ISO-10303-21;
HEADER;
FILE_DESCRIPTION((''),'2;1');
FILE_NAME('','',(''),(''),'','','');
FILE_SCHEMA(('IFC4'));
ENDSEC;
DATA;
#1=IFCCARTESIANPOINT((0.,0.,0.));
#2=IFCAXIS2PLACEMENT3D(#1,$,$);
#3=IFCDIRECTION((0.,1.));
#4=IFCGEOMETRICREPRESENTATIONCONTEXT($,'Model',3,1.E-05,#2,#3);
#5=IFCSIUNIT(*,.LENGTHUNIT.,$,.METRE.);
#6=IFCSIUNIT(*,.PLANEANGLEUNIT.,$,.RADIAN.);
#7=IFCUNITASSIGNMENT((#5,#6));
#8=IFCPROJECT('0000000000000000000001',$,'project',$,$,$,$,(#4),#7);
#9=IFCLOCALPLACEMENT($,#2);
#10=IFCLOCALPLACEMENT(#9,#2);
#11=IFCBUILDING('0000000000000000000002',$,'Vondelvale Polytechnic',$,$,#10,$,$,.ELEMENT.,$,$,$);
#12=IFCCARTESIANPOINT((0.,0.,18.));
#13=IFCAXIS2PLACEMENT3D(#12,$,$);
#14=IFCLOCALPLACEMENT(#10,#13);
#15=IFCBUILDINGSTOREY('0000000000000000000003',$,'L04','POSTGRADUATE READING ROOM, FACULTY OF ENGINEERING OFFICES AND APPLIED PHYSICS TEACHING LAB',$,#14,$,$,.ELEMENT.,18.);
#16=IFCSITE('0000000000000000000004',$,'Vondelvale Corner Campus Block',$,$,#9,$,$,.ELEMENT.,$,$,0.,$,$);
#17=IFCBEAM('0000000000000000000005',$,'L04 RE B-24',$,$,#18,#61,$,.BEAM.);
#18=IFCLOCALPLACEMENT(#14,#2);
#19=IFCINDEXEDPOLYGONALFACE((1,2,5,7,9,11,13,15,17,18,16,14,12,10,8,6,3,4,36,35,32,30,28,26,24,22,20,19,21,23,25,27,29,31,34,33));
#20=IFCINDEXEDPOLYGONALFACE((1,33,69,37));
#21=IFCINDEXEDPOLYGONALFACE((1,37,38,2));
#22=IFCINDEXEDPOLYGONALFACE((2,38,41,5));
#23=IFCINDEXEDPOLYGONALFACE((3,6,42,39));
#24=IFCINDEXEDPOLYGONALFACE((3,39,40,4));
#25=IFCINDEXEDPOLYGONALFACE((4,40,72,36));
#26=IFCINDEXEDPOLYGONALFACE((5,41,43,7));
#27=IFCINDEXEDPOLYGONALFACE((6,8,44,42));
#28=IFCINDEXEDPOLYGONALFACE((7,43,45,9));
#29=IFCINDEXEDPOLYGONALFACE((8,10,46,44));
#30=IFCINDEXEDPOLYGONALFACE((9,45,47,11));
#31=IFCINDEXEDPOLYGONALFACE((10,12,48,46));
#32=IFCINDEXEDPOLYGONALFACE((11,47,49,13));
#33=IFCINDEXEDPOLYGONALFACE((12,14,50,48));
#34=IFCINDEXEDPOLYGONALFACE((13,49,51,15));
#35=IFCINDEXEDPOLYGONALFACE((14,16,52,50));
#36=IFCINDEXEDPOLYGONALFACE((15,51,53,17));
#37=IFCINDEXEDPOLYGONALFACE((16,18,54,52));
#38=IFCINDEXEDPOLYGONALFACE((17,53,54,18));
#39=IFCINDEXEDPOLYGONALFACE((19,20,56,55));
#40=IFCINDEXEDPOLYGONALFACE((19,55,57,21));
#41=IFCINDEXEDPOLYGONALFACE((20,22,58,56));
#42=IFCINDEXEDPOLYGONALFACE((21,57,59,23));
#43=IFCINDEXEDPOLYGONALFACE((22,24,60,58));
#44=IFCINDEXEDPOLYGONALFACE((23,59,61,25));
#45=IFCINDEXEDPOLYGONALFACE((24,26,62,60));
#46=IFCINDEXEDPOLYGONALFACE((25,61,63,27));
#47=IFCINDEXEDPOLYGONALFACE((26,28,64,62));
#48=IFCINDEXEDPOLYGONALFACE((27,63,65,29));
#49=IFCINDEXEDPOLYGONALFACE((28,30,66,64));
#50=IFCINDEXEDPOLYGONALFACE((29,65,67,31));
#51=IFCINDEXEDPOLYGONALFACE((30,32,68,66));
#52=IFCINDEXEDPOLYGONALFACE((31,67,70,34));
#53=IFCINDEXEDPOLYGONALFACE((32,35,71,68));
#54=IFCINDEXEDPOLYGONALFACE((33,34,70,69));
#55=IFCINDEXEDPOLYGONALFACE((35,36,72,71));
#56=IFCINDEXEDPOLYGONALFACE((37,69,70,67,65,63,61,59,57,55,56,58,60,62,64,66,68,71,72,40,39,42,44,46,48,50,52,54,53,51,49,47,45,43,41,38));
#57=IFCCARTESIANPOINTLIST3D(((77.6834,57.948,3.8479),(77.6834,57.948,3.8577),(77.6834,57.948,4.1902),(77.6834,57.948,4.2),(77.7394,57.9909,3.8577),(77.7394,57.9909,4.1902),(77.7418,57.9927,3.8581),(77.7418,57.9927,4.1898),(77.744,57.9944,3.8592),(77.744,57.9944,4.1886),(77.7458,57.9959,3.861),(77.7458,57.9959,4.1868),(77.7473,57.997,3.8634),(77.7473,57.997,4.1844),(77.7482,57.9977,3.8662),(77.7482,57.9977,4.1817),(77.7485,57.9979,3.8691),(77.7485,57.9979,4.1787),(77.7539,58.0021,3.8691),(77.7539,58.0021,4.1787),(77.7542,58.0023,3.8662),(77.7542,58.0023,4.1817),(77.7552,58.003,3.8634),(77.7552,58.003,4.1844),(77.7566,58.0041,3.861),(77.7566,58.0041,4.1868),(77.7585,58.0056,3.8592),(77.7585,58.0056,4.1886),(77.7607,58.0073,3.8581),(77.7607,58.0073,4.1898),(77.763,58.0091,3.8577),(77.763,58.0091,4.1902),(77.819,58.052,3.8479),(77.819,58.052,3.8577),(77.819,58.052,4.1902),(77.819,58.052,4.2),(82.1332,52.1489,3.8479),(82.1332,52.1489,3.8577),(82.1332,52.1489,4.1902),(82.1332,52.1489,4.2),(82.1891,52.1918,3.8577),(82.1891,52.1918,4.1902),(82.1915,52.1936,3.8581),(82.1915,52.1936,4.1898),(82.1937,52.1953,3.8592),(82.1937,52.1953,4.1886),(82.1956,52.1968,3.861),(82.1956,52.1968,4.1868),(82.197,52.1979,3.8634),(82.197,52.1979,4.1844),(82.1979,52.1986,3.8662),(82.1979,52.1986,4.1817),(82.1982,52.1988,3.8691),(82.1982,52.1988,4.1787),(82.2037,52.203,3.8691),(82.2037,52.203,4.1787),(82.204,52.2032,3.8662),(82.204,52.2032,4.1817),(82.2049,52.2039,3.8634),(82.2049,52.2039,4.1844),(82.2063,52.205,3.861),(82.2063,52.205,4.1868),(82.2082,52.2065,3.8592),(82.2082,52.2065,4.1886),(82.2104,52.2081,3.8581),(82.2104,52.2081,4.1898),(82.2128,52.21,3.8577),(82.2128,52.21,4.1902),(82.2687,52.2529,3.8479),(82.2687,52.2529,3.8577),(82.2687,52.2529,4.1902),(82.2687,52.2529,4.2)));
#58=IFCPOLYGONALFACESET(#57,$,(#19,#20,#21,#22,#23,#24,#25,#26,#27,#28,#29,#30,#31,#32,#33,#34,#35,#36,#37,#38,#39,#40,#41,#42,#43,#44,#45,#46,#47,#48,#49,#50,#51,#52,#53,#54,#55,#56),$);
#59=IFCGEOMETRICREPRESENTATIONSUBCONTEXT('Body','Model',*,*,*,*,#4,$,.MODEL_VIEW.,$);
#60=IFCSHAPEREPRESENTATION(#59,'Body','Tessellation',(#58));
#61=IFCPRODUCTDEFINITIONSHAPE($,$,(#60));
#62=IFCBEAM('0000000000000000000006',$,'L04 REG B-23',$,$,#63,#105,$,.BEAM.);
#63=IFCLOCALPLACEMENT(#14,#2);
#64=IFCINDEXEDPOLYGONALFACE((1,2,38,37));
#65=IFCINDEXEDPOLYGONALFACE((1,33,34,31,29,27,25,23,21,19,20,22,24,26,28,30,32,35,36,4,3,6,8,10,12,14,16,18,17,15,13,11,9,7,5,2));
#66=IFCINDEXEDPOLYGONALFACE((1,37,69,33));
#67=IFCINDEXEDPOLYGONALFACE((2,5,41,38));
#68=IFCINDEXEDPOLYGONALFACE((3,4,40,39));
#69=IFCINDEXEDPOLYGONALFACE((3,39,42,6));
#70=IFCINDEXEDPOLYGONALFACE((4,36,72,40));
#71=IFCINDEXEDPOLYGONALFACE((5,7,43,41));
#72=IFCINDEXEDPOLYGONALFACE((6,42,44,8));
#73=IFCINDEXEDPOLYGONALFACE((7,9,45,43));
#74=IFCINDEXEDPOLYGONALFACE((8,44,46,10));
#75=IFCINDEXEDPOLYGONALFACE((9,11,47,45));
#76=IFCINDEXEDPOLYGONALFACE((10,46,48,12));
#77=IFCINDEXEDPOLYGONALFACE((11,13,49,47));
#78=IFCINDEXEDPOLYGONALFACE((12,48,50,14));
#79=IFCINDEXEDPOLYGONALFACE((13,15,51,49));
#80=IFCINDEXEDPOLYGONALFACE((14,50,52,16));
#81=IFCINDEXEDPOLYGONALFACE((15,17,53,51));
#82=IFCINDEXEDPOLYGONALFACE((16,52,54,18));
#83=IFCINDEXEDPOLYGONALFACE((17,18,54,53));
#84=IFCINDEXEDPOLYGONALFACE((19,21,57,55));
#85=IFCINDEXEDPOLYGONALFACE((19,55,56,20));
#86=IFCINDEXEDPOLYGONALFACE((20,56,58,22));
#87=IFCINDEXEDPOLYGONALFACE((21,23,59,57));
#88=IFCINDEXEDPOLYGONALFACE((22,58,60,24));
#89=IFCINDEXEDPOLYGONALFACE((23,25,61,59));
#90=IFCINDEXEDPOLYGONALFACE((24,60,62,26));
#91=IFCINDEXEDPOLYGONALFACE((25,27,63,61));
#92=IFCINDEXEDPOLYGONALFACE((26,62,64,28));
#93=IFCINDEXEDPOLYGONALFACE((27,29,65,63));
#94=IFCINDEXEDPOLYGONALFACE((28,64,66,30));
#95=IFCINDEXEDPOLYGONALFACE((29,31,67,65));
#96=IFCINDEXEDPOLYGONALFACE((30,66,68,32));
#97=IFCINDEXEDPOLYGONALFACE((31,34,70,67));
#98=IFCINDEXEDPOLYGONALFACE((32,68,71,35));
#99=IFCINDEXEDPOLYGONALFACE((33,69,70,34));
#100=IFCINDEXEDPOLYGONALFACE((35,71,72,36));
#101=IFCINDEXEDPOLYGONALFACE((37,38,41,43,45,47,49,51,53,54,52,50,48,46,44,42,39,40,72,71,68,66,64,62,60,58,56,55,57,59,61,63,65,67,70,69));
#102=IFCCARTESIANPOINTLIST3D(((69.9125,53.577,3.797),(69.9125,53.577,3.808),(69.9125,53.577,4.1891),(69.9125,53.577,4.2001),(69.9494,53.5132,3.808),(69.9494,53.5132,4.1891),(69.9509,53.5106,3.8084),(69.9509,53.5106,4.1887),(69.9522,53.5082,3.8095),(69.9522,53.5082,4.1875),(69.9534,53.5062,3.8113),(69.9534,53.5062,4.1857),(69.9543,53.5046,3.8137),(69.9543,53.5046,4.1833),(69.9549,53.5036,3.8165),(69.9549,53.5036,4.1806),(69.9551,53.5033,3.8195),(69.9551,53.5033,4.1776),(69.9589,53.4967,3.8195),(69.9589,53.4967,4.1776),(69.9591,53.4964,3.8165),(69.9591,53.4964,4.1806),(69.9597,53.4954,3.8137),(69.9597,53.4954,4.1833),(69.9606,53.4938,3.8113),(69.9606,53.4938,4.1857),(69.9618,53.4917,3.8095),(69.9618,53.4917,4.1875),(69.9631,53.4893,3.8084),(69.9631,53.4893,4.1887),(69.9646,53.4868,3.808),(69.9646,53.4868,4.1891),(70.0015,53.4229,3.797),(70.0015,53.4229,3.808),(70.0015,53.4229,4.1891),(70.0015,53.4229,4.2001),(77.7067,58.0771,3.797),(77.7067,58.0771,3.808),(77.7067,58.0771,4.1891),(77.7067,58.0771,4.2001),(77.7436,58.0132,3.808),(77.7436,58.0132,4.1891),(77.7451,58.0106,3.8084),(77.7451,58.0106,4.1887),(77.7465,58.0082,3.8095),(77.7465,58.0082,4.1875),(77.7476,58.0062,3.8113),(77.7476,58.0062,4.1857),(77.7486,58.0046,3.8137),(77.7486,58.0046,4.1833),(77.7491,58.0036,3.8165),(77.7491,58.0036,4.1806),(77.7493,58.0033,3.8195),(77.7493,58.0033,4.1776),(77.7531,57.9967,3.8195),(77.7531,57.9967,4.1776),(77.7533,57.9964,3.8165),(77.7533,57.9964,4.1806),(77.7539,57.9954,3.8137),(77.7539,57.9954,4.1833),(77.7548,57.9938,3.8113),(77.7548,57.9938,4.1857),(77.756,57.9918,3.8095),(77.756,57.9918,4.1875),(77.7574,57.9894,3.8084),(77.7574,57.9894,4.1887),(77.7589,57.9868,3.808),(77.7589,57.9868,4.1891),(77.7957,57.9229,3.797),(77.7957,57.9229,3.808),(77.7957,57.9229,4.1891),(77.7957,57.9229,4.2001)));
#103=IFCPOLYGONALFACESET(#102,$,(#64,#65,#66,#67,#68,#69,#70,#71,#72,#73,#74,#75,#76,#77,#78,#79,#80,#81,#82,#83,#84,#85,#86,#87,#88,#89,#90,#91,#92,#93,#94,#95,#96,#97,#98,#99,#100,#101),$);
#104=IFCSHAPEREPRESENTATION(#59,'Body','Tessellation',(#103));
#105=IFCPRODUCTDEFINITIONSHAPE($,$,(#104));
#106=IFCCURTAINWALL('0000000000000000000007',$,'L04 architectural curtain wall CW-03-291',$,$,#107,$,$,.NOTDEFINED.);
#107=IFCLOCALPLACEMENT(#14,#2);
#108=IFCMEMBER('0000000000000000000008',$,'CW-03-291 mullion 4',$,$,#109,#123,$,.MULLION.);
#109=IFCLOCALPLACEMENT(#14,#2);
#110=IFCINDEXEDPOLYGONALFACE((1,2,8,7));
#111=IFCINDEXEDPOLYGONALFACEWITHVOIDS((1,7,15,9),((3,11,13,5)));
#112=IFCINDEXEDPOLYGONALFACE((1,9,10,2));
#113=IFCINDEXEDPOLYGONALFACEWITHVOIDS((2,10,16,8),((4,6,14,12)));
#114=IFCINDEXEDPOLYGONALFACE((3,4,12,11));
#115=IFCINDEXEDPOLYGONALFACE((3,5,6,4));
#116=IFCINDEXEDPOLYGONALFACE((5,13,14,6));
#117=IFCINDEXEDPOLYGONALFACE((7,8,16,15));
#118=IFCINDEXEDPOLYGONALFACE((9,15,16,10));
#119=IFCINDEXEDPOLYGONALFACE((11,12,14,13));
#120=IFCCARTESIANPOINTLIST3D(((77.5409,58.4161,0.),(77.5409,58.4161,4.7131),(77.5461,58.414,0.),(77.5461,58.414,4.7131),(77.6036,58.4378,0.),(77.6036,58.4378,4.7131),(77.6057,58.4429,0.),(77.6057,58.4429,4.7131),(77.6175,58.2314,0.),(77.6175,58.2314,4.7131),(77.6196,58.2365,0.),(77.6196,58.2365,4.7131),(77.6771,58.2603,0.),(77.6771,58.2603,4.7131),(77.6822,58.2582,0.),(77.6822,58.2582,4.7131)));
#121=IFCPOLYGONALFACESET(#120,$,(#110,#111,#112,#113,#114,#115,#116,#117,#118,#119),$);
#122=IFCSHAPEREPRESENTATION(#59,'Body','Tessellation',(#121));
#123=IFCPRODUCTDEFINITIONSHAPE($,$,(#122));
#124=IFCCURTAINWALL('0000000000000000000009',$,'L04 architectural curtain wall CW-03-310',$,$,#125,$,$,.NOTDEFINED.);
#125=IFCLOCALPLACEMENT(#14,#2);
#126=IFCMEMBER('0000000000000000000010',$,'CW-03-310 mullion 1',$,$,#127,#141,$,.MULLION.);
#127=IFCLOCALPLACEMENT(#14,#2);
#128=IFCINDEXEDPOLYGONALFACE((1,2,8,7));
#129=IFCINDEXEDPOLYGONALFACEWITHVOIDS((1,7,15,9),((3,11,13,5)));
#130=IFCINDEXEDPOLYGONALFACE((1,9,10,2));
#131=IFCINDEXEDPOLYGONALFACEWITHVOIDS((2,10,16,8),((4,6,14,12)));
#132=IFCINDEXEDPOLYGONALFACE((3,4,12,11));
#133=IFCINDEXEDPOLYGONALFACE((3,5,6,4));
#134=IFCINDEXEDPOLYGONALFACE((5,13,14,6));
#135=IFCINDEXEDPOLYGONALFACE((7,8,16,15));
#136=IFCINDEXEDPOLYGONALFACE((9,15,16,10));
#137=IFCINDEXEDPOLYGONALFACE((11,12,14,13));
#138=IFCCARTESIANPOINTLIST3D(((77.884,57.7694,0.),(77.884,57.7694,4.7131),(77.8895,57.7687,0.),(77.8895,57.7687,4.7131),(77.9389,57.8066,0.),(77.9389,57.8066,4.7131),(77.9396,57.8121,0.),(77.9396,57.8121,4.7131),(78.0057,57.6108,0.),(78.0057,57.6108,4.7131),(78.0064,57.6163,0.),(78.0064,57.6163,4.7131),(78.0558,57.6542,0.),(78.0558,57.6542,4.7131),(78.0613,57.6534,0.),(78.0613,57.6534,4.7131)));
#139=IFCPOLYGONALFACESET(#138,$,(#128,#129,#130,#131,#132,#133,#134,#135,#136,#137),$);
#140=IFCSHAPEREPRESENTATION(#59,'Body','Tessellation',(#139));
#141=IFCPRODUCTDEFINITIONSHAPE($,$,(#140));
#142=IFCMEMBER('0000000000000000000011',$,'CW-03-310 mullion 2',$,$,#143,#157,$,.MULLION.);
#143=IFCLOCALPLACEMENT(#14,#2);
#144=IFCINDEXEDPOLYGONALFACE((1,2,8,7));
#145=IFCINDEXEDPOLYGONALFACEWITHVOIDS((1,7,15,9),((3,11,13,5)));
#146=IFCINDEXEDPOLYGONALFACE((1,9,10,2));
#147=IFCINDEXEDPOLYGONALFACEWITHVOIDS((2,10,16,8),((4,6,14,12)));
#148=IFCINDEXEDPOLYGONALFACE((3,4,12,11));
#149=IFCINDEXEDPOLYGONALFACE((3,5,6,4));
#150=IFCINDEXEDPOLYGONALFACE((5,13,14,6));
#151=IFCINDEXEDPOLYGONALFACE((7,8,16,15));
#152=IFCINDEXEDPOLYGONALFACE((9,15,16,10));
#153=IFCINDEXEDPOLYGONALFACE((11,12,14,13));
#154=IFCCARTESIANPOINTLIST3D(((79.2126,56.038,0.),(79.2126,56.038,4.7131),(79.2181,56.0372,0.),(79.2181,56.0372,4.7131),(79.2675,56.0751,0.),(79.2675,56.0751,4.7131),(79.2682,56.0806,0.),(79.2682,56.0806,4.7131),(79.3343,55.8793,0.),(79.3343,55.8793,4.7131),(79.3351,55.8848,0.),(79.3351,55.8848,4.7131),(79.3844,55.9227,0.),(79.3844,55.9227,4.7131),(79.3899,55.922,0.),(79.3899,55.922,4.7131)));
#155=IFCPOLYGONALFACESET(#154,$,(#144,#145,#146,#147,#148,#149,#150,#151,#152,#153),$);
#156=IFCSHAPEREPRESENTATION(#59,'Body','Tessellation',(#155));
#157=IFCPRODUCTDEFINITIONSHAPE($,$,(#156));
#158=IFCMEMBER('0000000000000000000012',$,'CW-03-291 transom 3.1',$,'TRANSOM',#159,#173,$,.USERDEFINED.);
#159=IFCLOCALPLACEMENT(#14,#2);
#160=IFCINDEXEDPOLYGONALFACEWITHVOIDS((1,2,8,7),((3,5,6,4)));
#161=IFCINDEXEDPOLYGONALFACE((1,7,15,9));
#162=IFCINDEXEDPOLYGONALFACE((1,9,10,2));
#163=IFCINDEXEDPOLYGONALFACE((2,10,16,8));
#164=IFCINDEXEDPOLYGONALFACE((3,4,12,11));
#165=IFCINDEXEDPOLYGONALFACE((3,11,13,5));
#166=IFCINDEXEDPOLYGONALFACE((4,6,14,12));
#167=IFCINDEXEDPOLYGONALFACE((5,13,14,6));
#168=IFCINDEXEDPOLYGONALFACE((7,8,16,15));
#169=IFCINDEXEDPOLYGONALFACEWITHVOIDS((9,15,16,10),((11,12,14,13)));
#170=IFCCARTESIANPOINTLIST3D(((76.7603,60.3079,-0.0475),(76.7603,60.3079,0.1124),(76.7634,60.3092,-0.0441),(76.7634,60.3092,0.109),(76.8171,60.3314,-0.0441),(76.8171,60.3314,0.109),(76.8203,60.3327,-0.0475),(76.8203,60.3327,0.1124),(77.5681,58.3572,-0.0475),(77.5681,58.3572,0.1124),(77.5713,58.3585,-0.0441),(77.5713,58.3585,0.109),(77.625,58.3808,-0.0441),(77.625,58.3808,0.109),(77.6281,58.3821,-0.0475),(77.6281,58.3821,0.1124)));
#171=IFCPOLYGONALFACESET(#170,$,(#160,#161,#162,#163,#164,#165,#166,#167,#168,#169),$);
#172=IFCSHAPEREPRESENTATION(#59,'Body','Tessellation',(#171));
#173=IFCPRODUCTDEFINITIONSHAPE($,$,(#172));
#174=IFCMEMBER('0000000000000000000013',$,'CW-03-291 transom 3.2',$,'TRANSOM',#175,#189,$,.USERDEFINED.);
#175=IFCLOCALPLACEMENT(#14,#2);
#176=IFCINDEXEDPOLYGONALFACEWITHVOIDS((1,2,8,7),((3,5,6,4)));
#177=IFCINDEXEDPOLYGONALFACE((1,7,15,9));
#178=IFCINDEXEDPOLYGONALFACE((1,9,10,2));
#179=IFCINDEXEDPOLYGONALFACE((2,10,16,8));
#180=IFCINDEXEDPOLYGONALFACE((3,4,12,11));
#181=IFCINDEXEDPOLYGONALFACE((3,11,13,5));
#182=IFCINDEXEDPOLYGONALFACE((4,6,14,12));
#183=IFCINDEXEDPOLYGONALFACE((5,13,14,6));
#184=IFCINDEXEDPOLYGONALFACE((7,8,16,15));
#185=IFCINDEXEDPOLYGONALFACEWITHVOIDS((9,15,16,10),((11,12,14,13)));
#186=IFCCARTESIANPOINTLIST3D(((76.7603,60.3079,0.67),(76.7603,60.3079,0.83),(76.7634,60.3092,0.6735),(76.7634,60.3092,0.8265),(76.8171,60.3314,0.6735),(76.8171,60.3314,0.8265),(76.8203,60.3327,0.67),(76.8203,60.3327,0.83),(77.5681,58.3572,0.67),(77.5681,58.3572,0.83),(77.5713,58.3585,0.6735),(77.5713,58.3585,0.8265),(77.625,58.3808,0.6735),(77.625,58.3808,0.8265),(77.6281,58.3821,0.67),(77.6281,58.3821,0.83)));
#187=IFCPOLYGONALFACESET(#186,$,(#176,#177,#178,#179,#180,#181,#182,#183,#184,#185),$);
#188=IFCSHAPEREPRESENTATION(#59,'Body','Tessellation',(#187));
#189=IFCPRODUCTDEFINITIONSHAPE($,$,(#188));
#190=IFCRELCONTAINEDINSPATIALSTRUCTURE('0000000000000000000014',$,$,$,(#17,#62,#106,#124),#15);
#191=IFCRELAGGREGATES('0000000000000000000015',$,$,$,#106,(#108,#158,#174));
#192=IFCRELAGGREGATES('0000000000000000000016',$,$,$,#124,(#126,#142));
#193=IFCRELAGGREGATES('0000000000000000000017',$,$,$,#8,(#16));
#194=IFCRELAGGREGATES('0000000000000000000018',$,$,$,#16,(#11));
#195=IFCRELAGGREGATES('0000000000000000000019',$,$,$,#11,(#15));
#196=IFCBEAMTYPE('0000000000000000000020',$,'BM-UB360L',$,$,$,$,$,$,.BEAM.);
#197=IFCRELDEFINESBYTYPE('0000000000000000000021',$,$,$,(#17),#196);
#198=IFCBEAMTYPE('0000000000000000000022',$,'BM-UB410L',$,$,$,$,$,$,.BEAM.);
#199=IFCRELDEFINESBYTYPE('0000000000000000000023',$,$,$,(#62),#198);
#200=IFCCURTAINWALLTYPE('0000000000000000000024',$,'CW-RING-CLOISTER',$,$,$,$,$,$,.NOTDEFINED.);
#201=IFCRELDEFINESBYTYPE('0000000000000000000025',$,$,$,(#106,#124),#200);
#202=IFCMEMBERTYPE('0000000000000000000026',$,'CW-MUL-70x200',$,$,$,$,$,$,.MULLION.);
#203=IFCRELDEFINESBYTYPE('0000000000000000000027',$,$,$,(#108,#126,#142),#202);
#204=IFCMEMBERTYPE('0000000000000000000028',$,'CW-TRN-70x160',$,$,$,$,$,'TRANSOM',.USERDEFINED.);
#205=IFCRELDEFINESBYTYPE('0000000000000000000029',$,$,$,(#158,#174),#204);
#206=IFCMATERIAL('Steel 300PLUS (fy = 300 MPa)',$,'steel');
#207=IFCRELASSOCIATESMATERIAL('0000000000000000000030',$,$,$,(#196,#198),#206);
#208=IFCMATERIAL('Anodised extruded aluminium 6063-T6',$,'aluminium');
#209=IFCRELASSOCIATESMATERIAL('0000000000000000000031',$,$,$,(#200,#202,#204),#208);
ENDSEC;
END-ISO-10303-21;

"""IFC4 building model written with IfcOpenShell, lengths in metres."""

from ifc_helpers import new_model, si_unit, direction, frame, origin, origin_2d, place, context, subcontext, project, spatial, hollow_rectangle, i_section, extrude, material, material_profile, profile_set, type_object, element, aggregate, save


model = new_model("IFC4")

# Units and contexts
model_context = context("Model", 3, precision=1e-05, world=origin(), true_north=direction((0.0, 1.0)))
body_context = subcontext(model_context, "Body", "Model", "MODEL_VIEW")
ifc_project = project(units=[si_unit("LENGTHUNIT", "METRE"), si_unit("PLANEANGLEUNIT", "RADIAN")], contexts=[model_context])

# Site, building, storey
site_placement = place(None, origin())
site = spatial("IfcSite", under=ifc_project, at=site_placement, Name="Vondelvale Corner Campus Block", CompositionType="ELEMENT", RefElevation=0.0)
building_placement = place(site_placement, origin())
building = spatial("IfcBuilding", under=site, at=building_placement, Name="Vondelvale Polytechnic", CompositionType="ELEMENT")
storey_placement = place(building_placement, frame((0.0, 0.0, 18.0)))
storey = spatial("IfcBuildingStorey", under=building, at=storey_placement, Name="L04", Description="POSTGRADUATE READING ROOM, FACULTY OF ENGINEERING OFFICES AND APPLIED PHYSICS TEACHING LAB", CompositionType="ELEMENT", Elevation=18.0)

# Beams
ifc_material_1 = material(Name="Steel 300PLUS (fy = 300 MPa)", Category="steel")
ifc_material_profile_1 = material_profile(ifc_material_1, i_section(OverallWidth=0.1709, OverallDepth=0.3521, WebThickness=0.0068, FlangeThickness=0.0098, FilletRadius=0.0115, at=origin_2d()), Name="360UB44.7")
ifc_profile_set_1 = profile_set([ifc_material_profile_1], Name="Steel 300PLUS (fy = 300 MPa)")
beam_type_1 = type_object("IfcBeamType", Name="BM-UB360L", PredefinedType="BEAM", material=ifc_profile_set_1)
beam_1_placement = place(storey_placement, frame((77.7512, 58.0, 4.0239), z_axis=(0.608755, -0.793358, 0.0), x_axis=(0.793358, 0.608755, 0.0)))
element("IfcBeam", 1, at=beam_1_placement, inside=storey, type_object=beam_type_1, Name="L04 RE B-24", PredefinedType="BEAM", context=body_context, shape_type="SweptSolid", body=[
    extrude(i_section(OverallWidth=0.1709, OverallDepth=0.3521, WebThickness=0.0068, FlangeThickness=0.0098, FilletRadius=0.0115, at=origin_2d()), origin(), (0.0, 0.0, 1.0), 7.3096),
])
ifc_material_profile_2 = material_profile(ifc_material_1, i_section(OverallWidth=0.178, OverallDepth=0.4031, WebThickness=0.0076, FlangeThickness=0.011, FilletRadius=0.0115, at=origin_2d()), Name="410UB53.7")
ifc_profile_set_2 = profile_set([ifc_material_profile_2], Name="Steel 300PLUS (fy = 300 MPa)")
beam_type_2 = type_object("IfcBeamType", Name="BM-UB410L", PredefinedType="BEAM", material=ifc_profile_set_2)
beam_2_placement = place(storey_placement, frame((77.7512, 58.0, 3.9985), z_axis=(-0.866024, -0.500002, 0.0), x_axis=(0.500002, -0.866024, 0.0)))
element("IfcBeam", 2, at=beam_2_placement, inside=storey, type_object=beam_type_2, Name="L04 REG B-23", PredefinedType="BEAM", context=body_context, shape_type="SweptSolid", body=[
    extrude(i_section(OverallWidth=0.178, OverallDepth=0.4031, WebThickness=0.0076, FlangeThickness=0.011, FilletRadius=0.0115, at=origin_2d()), origin(), (0.0, 0.0, 1.0), 9.0),
])

# Curtain wall, member
ifc_material_2 = material(Name="Anodised extruded aluminium 6063-T6", Category="aluminium")
curtain_wall_type = type_object("IfcCurtainWallType", Name="CW-RING-CLOISTER", PredefinedType="NOTDEFINED", material=ifc_material_2)
curtain_wall_1_placement = place(storey_placement, origin())
curtain_wall_1 = element("IfcCurtainWall", 3, at=curtain_wall_1_placement, inside=storey, type_object=curtain_wall_type, Name="L04 architectural curtain wall CW-03-291", PredefinedType="NOTDEFINED")
ifc_material_profile_3 = material_profile(ifc_material_2, hollow_rectangle(XDim=0.0701, YDim=0.2, WallThickness=0.0039, at=origin_2d()), Name="CW-MUL-200x70")
ifc_profile_set_3 = profile_set([ifc_material_profile_3], Name="Anodised extruded aluminium 6063-T6")
member_type_1 = type_object("IfcMemberType", Name="CW-MUL-70x200", PredefinedType="MULLION", material=ifc_profile_set_3)
member_1_placement = place(storey_placement, frame((77.6116, 58.3372, 0.0), z_axis=(0.0, 0.0, 1.0), x_axis=(0.923882, 0.382679, 0.0)))
member_1 = element("IfcMember", 4, at=member_1_placement, type_object=member_type_1, Name="CW-03-291 mullion 4", PredefinedType="MULLION", context=body_context, shape_type="SweptSolid", body=[
    extrude(hollow_rectangle(XDim=0.0701, YDim=0.2, WallThickness=0.0039, at=origin_2d()), origin(), (0.0, 0.0, 1.0), 4.7131),
])

# Curtain wall, members
curtain_wall_2_placement = place(storey_placement, origin())
curtain_wall_2 = element("IfcCurtainWall", 5, at=curtain_wall_2_placement, inside=storey, type_object=curtain_wall_type, Name="L04 architectural curtain wall CW-03-310", PredefinedType="NOTDEFINED")
member_2_placement = place(storey_placement, frame((77.9727, 57.7114, 0.0), z_axis=(0.0, 0.0, 1.0), x_axis=(0.793364, 0.608748, 0.0)))
member_2 = element("IfcMember", 6, at=member_2_placement, type_object=member_type_1, Name="CW-03-310 mullion 1", PredefinedType="MULLION", context=body_context, shape_type="SweptSolid", body=[
    extrude(hollow_rectangle(XDim=0.0701, YDim=0.2, WallThickness=0.0039, at=origin_2d()), origin(), (0.0, 0.0, 1.0), 4.7131),
])
member_3_placement = place(storey_placement, frame((79.3013, 55.98, 0.0), z_axis=(0.0, 0.0, 1.0), x_axis=(0.793364, 0.608748, 0.0)))
member_3 = element("IfcMember", 7, at=member_3_placement, type_object=member_type_1, Name="CW-03-310 mullion 2", PredefinedType="MULLION", context=body_context, shape_type="SweptSolid", body=[
    extrude(hollow_rectangle(XDim=0.0701, YDim=0.2, WallThickness=0.0039, at=origin_2d()), origin(), (0.0, 0.0, 1.0), 4.7131),
])

# Members
ifc_material_profile_4 = material_profile(ifc_material_2, hollow_rectangle(XDim=0.0649, YDim=0.1599, WallThickness=0.0034, at=origin_2d()), Name="CW-TRN-160x65")
ifc_profile_set_4 = profile_set([ifc_material_profile_4], Name="Anodised extruded aluminium 6063-T6")
member_type_2 = type_object("IfcMemberType", Name="CW-TRN-70x160", ElementType="TRANSOM", PredefinedType="USERDEFINED", material=ifc_profile_set_4)
member_4_placement = place(storey_placement, frame((76.7903, 60.3203, 0.0325), z_axis=(0.382628, -0.923903, 0.0), x_axis=(0.923903, 0.382628, 0.0)))
member_4 = element("IfcMember", 8, at=member_4_placement, type_object=member_type_2, Name="CW-03-291 transom 3.1", ObjectType="TRANSOM", PredefinedType="USERDEFINED", context=body_context, shape_type="SweptSolid", body=[
    extrude(hollow_rectangle(XDim=0.0649, YDim=0.1599, WallThickness=0.0034, at=origin_2d()), origin(), (0.0, 0.0, 1.0), 2.1113),
])
member_5_placement = place(storey_placement, frame((76.7903, 60.3203, 0.75), z_axis=(0.382628, -0.923903, 0.0), x_axis=(0.923903, 0.382628, 0.0)))
member_5 = element("IfcMember", 9, at=member_5_placement, type_object=member_type_2, Name="CW-03-291 transom 3.2", ObjectType="TRANSOM", PredefinedType="USERDEFINED", context=body_context, shape_type="SweptSolid", body=[
    extrude(hollow_rectangle(XDim=0.0649, YDim=0.1599, WallThickness=0.0034, at=origin_2d()), origin(), (0.0, 0.0, 1.0), 2.1113),
])

aggregate(curtain_wall_1, [member_1, member_4, member_5])
aggregate(curtain_wall_2, [member_2, member_3])

save(model, "model.ifc")
